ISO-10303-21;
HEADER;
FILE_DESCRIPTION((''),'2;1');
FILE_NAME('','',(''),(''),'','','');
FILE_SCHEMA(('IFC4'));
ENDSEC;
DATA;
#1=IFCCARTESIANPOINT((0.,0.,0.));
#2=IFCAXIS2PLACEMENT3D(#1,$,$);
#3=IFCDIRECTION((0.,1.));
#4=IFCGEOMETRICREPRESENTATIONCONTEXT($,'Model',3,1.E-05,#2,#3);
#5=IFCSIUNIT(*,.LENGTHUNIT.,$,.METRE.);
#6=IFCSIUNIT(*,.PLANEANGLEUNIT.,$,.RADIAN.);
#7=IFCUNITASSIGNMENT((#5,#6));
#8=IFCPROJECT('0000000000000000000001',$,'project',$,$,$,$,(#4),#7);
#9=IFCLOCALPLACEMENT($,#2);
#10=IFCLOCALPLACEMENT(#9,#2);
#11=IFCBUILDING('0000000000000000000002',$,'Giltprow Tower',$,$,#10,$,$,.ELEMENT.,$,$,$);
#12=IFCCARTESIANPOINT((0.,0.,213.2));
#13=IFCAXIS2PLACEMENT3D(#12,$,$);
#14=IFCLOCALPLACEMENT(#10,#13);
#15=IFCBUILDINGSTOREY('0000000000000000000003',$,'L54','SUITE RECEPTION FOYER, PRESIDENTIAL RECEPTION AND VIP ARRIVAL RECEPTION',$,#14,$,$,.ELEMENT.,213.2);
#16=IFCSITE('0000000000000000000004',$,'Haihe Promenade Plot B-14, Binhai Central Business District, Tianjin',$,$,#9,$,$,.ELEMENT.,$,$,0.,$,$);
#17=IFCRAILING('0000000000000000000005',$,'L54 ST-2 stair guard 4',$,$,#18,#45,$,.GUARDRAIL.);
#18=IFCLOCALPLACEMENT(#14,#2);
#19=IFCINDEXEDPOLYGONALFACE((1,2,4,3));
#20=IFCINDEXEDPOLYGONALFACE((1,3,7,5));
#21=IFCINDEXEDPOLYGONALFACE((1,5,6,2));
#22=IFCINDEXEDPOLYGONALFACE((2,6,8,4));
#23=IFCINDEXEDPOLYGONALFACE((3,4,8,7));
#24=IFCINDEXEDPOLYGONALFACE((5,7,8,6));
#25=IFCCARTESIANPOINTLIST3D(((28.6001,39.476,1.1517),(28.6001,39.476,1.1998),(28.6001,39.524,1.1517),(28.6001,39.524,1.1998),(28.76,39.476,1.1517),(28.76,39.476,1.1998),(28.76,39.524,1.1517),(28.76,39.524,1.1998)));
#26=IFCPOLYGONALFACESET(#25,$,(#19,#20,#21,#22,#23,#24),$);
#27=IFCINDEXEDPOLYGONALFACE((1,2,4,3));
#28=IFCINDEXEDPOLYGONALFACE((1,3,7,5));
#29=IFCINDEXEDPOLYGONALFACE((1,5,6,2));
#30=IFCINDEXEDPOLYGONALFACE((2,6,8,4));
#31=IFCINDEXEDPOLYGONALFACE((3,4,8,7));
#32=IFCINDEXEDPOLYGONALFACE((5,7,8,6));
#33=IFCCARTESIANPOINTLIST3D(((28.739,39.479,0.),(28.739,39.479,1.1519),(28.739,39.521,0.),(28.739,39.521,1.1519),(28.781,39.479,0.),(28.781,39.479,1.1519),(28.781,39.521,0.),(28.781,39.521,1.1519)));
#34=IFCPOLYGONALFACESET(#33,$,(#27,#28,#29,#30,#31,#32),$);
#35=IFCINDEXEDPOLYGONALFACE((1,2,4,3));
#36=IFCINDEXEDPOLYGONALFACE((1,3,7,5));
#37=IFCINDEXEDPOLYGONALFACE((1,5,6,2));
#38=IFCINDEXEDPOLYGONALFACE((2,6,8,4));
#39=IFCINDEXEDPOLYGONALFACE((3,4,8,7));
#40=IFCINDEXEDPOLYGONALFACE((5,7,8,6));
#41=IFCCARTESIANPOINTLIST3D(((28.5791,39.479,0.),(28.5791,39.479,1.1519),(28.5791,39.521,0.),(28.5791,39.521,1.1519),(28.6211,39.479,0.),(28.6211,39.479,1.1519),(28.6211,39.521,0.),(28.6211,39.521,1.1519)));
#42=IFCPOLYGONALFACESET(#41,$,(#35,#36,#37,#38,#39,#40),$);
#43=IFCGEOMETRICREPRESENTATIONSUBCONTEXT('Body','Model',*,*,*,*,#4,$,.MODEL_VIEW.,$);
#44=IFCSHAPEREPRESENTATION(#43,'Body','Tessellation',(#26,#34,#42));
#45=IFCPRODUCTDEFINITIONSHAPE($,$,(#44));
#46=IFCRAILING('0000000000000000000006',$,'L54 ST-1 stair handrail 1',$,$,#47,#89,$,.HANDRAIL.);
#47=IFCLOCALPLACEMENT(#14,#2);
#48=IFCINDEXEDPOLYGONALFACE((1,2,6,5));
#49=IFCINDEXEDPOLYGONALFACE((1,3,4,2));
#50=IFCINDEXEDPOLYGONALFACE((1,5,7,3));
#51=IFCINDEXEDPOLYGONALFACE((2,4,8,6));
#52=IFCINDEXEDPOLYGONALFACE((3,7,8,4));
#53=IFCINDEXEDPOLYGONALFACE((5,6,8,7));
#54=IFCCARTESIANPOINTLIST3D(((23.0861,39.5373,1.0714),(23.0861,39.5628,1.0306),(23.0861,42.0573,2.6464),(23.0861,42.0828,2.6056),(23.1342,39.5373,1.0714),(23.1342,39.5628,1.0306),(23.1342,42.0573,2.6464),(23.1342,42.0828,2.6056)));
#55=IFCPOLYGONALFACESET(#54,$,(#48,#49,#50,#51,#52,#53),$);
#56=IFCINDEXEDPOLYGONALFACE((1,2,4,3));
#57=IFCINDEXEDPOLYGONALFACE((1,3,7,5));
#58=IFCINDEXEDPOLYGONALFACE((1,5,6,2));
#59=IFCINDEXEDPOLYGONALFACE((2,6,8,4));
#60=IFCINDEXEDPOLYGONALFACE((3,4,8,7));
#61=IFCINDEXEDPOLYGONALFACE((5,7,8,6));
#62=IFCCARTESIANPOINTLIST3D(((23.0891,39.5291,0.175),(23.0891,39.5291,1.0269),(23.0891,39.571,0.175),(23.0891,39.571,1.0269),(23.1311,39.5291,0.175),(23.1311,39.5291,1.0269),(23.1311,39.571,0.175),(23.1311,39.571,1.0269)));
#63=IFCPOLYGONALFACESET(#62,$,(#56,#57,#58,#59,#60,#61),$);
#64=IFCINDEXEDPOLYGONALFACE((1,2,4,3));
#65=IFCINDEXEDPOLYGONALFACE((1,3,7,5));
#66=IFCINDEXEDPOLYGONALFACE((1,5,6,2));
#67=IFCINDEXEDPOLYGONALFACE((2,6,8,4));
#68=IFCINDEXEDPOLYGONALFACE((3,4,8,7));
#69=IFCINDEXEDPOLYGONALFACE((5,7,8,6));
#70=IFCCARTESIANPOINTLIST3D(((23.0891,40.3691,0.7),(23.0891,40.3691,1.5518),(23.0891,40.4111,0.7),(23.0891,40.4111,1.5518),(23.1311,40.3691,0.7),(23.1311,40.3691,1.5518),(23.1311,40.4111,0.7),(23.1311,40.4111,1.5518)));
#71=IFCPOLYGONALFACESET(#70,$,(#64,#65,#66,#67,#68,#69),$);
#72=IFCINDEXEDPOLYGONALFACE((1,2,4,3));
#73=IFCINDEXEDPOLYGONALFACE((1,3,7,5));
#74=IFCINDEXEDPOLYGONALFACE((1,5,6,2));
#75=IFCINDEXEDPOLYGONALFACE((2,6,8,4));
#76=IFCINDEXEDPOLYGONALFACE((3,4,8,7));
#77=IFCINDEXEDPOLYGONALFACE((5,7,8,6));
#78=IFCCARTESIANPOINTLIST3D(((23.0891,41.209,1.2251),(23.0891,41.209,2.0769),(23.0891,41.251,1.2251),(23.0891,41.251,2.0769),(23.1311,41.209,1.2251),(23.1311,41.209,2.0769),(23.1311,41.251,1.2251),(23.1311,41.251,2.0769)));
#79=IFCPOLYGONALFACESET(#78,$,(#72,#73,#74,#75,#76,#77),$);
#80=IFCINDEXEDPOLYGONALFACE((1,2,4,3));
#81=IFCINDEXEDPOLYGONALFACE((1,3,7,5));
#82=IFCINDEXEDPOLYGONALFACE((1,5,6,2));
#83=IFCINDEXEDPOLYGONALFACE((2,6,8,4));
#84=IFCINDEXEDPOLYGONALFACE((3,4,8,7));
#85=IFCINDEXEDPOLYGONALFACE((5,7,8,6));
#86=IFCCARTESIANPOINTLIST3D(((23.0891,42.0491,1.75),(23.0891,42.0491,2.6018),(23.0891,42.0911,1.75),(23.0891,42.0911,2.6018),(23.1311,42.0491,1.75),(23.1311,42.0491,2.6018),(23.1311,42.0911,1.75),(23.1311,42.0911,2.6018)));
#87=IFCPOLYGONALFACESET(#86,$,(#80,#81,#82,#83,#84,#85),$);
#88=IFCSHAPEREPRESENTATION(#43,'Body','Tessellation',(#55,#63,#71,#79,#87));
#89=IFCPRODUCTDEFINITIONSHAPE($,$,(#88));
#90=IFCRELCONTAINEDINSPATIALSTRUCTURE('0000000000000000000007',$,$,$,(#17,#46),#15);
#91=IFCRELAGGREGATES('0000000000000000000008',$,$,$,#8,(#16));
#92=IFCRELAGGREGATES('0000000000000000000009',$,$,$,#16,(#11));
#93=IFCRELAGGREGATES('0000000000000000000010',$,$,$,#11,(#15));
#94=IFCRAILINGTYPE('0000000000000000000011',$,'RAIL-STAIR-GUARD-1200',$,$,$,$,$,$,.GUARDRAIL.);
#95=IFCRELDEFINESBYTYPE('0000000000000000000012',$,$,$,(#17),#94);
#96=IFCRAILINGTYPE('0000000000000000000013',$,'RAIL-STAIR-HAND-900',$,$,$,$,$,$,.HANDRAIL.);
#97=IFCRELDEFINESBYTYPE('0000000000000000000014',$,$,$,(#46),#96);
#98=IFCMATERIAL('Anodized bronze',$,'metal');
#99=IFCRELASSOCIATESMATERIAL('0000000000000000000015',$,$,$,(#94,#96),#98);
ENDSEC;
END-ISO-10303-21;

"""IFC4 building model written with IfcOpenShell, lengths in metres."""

from ifc_helpers import new_model, si_unit, direction, frame, origin, origin_2d, place, context, subcontext, project, spatial, rectangle, extrude, material, type_object, element, save


model = new_model("IFC4")

# Units and contexts
model_context = context("Model", 3, precision=1e-05, world=origin(), true_north=direction((0.0, 1.0)))
body_context = subcontext(model_context, "Body", "Model", "MODEL_VIEW")
ifc_project = project(units=[si_unit("LENGTHUNIT", "METRE"), si_unit("PLANEANGLEUNIT", "RADIAN")], contexts=[model_context])

# Site, building, storey
site_placement = place(None, origin())
site = spatial("IfcSite", under=ifc_project, at=site_placement, Name="Haihe Promenade Plot B-14, Binhai Central Business District, Tianjin", CompositionType="ELEMENT", RefElevation=0.0)
building_placement = place(site_placement, origin())
building = spatial("IfcBuilding", under=site, at=building_placement, Name="Giltprow Tower", CompositionType="ELEMENT")
storey_placement = place(building_placement, frame((0.0, 0.0, 213.2)))
storey = spatial("IfcBuildingStorey", under=building, at=storey_placement, Name="L54", Description="SUITE RECEPTION FOYER, PRESIDENTIAL RECEPTION AND VIP ARRIVAL RECEPTION", CompositionType="ELEMENT", Elevation=213.2)

# Railings
ifc_material_1 = material(Name="Anodized bronze", Category="metal")
railing_type_1 = type_object("IfcRailingType", Name="RAIL-STAIR-GUARD-1200", PredefinedType="GUARDRAIL", material=ifc_material_1)
railing_1_placement = place(storey_placement, frame((28.76, 39.5, 0.0)))
element("IfcRailing", 1, at=railing_1_placement, inside=storey, type_object=railing_type_1, Name="L54 ST-2 stair guard 4", PredefinedType="GUARDRAIL", context=body_context, shape_type="SweptSolid", body=[
    extrude(rectangle(XDim=0.0481, YDim=0.0481, at=origin_2d()), frame((0.0, 0.0, 1.1758), z_axis=(-1.0, 0.0, 0.0), x_axis=(0.0, -1.0, 0.0)), (0.0, 0.0, 1.0), 0.1599),
    extrude(rectangle(XDim=0.042, YDim=0.042, at=origin_2d()), origin(), (0.0, 0.0, 1.0), 1.1519),
    extrude(rectangle(XDim=0.042, YDim=0.042, at=origin_2d()), frame((-0.1599, 0.0, 0.0)), (0.0, 0.0, 1.0), 1.1519),
])
railing_type_2 = type_object("IfcRailingType", Name="RAIL-STAIR-HAND-900", PredefinedType="HANDRAIL", material=ifc_material_1)
railing_2_placement = place(storey_placement, frame((23.1101, 39.55, 0.175)))
element("IfcRailing", 2, at=railing_2_placement, inside=storey, type_object=railing_type_2, Name="L54 ST-1 stair handrail 1", PredefinedType="HANDRAIL", context=body_context, shape_type="SweptSolid", body=[
    extrude(rectangle(XDim=0.0481, YDim=0.0481, at=origin_2d()), frame((0.0, 0.0, 0.876), z_axis=(0.0, 0.848008, 0.529984), x_axis=(-1.0, 0.0, 0.0)), (0.0, 0.0, 1.0), 2.9717),
    extrude(rectangle(XDim=0.042, YDim=0.042, at=origin_2d()), origin(), (0.0, 0.0, 1.0), 0.8518),
    extrude(rectangle(XDim=0.042, YDim=0.042, at=origin_2d()), frame((0.0, 0.8401, 0.5249)), (0.0, 0.0, 1.0), 0.8518),
    extrude(rectangle(XDim=0.042, YDim=0.042, at=origin_2d()), frame((0.0, 1.6799, 1.05)), (0.0, 0.0, 1.0), 0.8518),
    extrude(rectangle(XDim=0.042, YDim=0.042, at=origin_2d()), frame((0.0, 2.52, 1.575)), (0.0, 0.0, 1.0), 0.8518),
])

save(model, "model.ifc")
